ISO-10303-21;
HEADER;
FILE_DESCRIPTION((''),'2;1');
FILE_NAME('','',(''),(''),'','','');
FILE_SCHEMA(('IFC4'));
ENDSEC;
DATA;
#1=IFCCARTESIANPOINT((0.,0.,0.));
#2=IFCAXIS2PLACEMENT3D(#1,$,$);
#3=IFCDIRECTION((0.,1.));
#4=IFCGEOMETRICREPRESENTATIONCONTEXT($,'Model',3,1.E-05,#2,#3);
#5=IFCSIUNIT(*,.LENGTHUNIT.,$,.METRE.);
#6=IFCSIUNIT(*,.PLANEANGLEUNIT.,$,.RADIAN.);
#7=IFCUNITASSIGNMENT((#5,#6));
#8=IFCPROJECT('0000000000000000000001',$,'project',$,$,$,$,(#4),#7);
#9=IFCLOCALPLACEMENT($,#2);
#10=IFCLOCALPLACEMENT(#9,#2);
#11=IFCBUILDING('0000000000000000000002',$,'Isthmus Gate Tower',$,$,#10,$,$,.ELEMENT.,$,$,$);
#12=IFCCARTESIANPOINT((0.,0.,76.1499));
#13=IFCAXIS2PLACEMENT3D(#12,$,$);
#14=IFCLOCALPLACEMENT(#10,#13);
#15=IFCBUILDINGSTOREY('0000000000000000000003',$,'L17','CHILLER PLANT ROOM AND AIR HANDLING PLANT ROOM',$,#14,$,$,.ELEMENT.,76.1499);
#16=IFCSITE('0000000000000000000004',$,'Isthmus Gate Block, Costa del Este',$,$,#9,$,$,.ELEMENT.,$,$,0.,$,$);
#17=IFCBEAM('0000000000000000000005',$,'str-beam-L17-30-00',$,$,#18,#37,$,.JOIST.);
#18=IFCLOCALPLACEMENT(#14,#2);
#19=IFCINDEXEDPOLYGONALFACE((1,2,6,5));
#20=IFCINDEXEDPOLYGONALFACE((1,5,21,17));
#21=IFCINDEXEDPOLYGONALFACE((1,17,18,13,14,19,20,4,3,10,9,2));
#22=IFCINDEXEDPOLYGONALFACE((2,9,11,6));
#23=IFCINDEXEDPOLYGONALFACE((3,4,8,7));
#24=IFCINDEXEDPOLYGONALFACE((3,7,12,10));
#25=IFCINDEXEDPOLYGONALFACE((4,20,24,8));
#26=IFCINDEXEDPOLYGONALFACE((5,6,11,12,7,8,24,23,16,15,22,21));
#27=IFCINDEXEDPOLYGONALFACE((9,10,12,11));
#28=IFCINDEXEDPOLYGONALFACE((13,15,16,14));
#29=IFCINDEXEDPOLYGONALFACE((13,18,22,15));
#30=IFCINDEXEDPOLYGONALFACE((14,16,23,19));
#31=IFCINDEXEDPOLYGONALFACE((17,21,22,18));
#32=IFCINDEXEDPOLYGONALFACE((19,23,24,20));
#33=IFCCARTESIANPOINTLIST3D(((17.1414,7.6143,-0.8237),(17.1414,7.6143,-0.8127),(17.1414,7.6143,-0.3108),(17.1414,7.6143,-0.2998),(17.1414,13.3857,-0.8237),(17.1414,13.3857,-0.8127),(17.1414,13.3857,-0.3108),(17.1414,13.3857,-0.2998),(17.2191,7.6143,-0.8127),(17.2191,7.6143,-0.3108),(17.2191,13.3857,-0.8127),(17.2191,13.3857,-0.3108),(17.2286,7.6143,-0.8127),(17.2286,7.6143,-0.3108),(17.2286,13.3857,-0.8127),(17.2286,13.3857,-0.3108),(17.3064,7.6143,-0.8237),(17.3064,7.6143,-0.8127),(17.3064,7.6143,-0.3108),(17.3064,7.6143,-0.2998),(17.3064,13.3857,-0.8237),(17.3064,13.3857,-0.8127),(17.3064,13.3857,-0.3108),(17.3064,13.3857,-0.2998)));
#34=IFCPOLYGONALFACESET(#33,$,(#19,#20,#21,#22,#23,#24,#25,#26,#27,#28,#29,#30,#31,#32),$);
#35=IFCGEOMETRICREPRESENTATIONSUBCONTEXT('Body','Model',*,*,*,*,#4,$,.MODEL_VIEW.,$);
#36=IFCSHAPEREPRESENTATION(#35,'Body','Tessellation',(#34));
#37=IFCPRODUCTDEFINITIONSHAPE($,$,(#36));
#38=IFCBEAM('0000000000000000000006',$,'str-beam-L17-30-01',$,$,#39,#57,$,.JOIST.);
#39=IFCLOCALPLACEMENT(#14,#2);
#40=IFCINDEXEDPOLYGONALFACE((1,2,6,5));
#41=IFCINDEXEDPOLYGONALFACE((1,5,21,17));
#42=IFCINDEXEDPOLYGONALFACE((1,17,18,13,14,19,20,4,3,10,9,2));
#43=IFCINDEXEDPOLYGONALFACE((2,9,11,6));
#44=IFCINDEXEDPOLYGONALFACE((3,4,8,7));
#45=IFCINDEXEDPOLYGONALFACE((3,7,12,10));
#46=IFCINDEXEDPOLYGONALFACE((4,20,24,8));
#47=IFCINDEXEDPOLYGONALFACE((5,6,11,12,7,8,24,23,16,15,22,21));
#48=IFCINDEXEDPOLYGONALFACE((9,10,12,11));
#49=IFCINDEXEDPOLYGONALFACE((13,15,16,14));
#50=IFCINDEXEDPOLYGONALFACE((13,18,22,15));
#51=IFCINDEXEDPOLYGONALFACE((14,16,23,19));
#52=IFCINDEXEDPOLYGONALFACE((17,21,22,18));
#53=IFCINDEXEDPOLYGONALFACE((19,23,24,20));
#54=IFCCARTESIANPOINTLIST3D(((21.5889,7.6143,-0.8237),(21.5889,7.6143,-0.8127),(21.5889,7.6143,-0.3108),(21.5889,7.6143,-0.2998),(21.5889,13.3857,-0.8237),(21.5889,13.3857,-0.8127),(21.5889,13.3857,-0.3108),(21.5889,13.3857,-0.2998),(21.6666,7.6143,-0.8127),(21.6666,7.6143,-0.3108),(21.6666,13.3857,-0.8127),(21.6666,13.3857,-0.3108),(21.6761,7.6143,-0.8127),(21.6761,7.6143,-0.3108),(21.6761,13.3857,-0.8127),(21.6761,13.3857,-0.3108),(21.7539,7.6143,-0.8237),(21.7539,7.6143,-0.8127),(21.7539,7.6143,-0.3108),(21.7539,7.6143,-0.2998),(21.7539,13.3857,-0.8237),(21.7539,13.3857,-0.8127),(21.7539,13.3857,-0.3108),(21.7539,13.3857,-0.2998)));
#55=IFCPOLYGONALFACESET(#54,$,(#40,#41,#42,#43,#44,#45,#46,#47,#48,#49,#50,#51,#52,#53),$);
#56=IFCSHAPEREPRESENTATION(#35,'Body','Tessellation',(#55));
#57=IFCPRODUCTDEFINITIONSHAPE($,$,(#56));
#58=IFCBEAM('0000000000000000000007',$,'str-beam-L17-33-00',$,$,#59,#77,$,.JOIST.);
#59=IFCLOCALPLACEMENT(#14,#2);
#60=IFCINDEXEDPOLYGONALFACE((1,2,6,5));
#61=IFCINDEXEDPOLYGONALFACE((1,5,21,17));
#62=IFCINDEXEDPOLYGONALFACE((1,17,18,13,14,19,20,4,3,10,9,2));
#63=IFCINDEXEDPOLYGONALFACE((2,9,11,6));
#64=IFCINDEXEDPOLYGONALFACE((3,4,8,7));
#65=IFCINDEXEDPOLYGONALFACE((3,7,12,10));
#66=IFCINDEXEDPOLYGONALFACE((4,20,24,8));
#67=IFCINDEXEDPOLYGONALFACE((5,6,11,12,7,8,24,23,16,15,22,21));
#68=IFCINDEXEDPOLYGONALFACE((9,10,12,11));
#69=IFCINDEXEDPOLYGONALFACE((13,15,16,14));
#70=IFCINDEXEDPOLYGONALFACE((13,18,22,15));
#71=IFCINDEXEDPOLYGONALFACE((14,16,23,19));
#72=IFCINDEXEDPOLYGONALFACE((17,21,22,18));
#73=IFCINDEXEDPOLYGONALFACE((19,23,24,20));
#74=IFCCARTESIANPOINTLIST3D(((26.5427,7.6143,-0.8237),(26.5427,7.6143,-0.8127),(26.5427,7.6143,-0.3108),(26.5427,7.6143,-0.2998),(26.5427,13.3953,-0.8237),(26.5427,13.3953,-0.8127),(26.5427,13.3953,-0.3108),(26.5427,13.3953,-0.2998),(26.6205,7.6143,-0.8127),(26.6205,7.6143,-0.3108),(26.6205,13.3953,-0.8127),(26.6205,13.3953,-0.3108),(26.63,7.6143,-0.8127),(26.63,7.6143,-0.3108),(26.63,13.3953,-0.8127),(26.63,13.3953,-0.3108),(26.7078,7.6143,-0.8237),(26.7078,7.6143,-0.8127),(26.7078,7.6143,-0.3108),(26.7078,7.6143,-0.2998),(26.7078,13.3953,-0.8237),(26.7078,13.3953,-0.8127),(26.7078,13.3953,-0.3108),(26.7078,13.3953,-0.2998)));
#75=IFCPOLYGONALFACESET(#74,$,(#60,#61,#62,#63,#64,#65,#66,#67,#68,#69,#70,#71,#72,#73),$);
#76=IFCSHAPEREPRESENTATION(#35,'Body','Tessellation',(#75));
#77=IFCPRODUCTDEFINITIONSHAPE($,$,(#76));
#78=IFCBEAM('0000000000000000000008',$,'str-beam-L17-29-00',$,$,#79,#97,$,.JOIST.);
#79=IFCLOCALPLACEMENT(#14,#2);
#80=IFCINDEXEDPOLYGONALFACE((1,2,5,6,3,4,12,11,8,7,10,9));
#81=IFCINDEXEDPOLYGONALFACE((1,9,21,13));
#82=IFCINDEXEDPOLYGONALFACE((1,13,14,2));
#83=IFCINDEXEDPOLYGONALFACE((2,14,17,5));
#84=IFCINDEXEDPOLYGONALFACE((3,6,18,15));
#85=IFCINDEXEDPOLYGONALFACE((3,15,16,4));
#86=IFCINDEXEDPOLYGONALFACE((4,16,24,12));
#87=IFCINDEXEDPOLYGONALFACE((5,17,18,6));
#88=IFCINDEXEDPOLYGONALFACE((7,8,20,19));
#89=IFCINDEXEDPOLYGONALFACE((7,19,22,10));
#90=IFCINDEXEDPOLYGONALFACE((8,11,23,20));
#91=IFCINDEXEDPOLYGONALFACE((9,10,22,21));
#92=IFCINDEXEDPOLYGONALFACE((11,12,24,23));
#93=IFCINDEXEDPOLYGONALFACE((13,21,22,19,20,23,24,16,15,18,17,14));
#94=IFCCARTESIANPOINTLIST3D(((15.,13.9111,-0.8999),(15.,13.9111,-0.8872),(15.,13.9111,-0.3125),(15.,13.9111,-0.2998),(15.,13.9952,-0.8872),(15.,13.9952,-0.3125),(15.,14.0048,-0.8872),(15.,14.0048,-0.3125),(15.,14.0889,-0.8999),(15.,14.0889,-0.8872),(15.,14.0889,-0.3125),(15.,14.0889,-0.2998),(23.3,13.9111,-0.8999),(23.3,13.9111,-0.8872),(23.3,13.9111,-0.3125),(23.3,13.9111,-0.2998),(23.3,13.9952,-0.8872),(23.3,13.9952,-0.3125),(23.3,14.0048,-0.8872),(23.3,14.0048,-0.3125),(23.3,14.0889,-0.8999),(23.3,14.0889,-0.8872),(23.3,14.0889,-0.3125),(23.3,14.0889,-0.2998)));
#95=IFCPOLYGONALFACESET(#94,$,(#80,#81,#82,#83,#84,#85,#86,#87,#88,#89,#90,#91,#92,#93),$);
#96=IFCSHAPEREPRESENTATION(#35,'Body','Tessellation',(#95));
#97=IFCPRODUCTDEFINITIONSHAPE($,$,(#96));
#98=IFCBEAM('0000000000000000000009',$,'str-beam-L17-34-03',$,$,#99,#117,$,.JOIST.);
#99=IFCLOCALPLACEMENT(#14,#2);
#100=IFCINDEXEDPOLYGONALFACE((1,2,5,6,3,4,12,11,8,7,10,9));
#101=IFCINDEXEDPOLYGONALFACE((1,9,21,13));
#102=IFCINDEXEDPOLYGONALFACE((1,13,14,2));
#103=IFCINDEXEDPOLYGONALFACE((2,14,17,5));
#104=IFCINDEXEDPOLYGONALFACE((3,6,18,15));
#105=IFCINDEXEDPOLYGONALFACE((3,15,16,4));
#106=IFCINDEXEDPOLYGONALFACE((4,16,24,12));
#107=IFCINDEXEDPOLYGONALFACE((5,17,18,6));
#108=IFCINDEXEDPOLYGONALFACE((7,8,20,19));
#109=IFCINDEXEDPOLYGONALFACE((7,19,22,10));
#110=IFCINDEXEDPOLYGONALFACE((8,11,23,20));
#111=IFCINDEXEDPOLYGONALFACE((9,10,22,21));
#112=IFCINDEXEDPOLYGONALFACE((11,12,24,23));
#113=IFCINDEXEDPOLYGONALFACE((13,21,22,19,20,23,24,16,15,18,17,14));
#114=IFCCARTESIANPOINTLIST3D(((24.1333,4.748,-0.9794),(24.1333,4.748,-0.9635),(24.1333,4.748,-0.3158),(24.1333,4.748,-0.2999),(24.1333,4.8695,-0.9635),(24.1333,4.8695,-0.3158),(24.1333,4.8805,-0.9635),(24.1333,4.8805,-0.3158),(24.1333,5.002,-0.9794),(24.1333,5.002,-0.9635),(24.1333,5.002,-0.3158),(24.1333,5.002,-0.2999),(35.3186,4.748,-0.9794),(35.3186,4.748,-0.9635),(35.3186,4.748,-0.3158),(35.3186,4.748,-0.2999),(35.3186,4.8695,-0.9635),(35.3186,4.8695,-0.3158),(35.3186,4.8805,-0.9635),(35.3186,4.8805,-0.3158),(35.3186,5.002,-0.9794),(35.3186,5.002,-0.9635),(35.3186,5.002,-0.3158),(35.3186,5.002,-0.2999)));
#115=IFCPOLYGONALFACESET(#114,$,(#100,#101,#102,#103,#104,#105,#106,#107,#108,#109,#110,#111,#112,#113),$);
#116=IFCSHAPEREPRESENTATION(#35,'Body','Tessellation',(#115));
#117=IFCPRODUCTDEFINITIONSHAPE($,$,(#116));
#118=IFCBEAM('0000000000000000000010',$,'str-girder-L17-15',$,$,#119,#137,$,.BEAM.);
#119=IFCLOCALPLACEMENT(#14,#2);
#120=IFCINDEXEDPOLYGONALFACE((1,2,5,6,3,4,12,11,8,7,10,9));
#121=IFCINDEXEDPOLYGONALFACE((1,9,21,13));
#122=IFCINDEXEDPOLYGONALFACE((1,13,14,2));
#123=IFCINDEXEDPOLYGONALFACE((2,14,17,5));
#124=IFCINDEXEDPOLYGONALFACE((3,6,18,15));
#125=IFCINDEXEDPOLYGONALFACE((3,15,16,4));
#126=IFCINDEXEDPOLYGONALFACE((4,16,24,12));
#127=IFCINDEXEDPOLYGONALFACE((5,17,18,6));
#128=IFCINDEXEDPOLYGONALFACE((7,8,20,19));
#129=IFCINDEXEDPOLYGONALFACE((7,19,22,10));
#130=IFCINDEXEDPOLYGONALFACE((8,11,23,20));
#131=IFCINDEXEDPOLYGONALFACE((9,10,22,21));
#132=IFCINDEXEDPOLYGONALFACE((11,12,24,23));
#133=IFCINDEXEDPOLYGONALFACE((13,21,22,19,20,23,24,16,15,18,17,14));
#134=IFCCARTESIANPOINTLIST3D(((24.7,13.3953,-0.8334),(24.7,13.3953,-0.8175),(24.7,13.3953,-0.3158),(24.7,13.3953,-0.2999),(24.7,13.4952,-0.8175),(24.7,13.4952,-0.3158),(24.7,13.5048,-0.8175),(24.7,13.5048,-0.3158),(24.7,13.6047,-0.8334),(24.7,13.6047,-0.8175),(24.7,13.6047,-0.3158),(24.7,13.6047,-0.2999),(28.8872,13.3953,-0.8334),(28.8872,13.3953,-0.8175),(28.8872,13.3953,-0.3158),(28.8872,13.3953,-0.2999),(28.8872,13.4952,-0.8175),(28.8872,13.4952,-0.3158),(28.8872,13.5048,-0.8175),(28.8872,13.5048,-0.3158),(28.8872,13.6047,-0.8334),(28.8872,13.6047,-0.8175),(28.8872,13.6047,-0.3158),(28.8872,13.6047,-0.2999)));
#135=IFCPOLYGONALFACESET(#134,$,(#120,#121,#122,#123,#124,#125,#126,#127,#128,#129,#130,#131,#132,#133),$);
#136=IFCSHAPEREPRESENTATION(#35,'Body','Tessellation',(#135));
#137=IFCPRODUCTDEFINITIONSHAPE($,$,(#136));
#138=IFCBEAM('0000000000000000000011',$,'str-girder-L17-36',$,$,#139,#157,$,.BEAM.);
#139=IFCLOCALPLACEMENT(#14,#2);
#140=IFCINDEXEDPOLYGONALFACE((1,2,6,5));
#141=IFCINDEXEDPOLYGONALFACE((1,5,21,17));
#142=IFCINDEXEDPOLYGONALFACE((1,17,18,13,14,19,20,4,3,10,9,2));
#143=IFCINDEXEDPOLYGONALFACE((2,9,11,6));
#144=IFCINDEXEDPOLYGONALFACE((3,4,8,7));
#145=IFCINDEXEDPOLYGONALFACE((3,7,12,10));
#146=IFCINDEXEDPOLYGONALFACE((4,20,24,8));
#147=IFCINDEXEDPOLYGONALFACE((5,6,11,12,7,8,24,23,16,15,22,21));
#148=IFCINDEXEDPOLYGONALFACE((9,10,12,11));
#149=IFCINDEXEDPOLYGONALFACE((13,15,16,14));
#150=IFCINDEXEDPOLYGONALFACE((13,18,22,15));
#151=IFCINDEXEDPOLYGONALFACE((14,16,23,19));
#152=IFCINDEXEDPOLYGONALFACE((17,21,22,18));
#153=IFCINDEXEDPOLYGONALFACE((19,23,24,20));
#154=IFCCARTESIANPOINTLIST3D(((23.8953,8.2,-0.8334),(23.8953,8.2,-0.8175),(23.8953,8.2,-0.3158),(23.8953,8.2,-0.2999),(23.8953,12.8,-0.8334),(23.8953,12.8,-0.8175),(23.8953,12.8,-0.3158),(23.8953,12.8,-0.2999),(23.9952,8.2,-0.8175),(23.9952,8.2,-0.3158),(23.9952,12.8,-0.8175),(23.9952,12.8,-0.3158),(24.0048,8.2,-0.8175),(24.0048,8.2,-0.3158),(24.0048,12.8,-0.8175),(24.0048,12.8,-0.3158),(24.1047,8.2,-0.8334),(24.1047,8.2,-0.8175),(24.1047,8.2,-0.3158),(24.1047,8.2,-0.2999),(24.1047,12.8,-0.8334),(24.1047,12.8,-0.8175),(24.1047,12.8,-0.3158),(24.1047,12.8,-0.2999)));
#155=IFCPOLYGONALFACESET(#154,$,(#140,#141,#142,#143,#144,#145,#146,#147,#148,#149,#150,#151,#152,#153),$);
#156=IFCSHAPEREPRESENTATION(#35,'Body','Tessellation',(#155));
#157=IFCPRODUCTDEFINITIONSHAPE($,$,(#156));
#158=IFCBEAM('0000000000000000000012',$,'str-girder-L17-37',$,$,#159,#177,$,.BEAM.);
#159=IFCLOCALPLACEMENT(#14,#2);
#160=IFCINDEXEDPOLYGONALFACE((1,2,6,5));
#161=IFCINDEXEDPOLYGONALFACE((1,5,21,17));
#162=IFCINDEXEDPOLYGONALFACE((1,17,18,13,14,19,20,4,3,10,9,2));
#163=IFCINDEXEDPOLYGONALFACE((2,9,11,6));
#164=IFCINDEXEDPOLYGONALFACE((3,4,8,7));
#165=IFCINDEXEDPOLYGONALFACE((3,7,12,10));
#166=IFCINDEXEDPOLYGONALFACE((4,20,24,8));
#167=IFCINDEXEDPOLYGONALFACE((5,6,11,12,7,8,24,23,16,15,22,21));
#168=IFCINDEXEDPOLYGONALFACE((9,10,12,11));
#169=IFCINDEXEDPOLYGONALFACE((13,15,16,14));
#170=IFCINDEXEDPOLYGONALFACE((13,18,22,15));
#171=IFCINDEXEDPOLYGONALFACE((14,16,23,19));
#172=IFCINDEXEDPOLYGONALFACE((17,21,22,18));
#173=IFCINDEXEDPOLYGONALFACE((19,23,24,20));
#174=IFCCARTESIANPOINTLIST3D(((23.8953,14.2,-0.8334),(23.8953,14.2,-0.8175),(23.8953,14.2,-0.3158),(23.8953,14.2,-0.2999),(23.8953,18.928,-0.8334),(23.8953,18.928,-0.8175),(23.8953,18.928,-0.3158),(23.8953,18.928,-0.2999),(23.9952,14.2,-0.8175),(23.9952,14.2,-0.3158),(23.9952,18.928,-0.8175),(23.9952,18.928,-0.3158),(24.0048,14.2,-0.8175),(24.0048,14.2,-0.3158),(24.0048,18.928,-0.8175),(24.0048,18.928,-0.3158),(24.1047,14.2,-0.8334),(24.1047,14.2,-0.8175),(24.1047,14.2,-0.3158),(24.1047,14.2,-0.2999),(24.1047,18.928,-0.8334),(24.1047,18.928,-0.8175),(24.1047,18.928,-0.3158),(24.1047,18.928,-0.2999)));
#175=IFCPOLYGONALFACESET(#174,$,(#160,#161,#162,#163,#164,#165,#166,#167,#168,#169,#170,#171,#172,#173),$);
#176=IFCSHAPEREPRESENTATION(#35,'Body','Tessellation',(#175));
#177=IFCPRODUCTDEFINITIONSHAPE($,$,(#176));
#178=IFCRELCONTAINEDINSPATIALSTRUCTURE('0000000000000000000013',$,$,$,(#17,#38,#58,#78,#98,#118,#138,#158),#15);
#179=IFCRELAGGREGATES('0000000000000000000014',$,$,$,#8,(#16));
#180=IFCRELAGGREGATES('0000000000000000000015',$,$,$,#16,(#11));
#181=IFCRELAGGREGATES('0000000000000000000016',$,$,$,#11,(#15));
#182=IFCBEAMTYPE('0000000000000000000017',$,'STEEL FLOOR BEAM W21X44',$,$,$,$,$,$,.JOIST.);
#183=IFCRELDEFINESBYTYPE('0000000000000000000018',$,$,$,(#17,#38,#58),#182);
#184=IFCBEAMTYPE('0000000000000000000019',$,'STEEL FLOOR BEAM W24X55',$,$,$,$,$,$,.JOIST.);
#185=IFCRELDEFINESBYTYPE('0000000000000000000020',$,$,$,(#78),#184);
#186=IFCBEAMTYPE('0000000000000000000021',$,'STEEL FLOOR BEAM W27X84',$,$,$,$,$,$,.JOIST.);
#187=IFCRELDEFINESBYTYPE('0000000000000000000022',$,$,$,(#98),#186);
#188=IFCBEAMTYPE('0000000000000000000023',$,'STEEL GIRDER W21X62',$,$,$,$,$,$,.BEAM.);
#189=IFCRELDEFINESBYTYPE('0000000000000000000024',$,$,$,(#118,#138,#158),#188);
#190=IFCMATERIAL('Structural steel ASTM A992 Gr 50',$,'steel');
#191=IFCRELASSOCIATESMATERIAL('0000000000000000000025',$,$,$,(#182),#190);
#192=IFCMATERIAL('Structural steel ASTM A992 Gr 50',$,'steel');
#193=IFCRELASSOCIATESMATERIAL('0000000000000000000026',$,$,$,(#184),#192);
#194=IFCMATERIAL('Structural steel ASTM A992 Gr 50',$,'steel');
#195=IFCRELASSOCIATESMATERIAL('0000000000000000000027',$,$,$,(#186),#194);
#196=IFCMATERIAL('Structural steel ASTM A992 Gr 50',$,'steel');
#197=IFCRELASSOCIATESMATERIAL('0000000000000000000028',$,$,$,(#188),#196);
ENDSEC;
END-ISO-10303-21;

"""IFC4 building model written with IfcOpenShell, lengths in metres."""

from ifc_helpers import new_model, si_unit, direction, frame, origin, origin_2d, place, context, subcontext, project, spatial, i_section, extrude, material, material_profile, profile_set, type_object, element, save


model = new_model("IFC4")

# Units and contexts
model_context = context("Model", 3, precision=1e-05, world=origin(), true_north=direction((0.0, 1.0)))
body_context = subcontext(model_context, "Body", "Model", "MODEL_VIEW")
ifc_project = project(units=[si_unit("LENGTHUNIT", "METRE"), si_unit("PLANEANGLEUNIT", "RADIAN")], contexts=[model_context])

# Site, building, storey
site_placement = place(None, origin())
site = spatial("IfcSite", under=ifc_project, at=site_placement, Name="Isthmus Gate Block, Costa del Este", CompositionType="ELEMENT", RefElevation=0.0)
building_placement = place(site_placement, origin())
building = spatial("IfcBuilding", under=site, at=building_placement, Name="Isthmus Gate Tower", CompositionType="ELEMENT")
storey_placement = place(building_placement, frame((0.0, 0.0, 76.1499)))
storey = spatial("IfcBuildingStorey", under=building, at=storey_placement, Name="L17", Description="CHILLER PLANT ROOM AND AIR HANDLING PLANT ROOM", CompositionType="ELEMENT", Elevation=76.1499)

# Beams
ifc_material_1 = material(Name="Structural steel ASTM A992 Gr 50", Category="steel")
ifc_material_profile_1 = material_profile(ifc_material_1, i_section(OverallWidth=0.165, OverallDepth=0.5239, WebThickness=0.0095, FlangeThickness=0.011, at=origin_2d()), Name="W21X44")
ifc_profile_set_1 = profile_set([ifc_material_profile_1], Name="Structural steel ASTM A992 Gr 50")
beam_type_1 = type_object("IfcBeamType", Name="STEEL FLOOR BEAM W21X44", PredefinedType="JOIST", material=ifc_profile_set_1)
for number, where, z_axis, x_axis, name in (
    (1, (17.2239, 7.6143, -0.5618), (0.0, 1.0, 0.0), (-1.0, 0.0, 0.0), "str-beam-L17-30-00"),
    (2, (21.6714, 7.6143, -0.5618), (0.0, 1.0, 0.0), (-1.0, 0.0, 0.0), "str-beam-L17-30-01"),
):
    element("IfcBeam", number, at=place(storey_placement, frame(where, z_axis=z_axis, x_axis=x_axis)), inside=storey, type_object=beam_type_1, Name=name, PredefinedType="JOIST", context=body_context, shape_type="SweptSolid", body=[
        extrude(i_section(OverallWidth=0.165, OverallDepth=0.5239, WebThickness=0.0095, FlangeThickness=0.011, at=origin_2d()), origin(), (0.0, 0.0, 1.0), 5.7715),
    ])
beam_1_placement = place(storey_placement, frame((26.6252, 7.6143, -0.5618), z_axis=(0.0, 1.0, 0.0), x_axis=(-1.0, 0.0, 0.0)))
element("IfcBeam", 3, at=beam_1_placement, inside=storey, type_object=beam_type_1, Name="str-beam-L17-33-00", PredefinedType="JOIST", context=body_context, shape_type="SweptSolid", body=[
    extrude(i_section(OverallWidth=0.165, OverallDepth=0.5239, WebThickness=0.0095, FlangeThickness=0.011, at=origin_2d()), origin(), (0.0, 0.0, 1.0), 5.781),
])
ifc_material_2 = material(Name="Structural steel ASTM A992 Gr 50", Category="steel")
ifc_material_profile_2 = material_profile(ifc_material_2, i_section(OverallWidth=0.1777, OverallDepth=0.6001, WebThickness=0.0095, FlangeThickness=0.0127, at=origin_2d()), Name="W24X55")
ifc_profile_set_2 = profile_set([ifc_material_profile_2], Name="Structural steel ASTM A992 Gr 50")
beam_type_2 = type_object("IfcBeamType", Name="STEEL FLOOR BEAM W24X55", PredefinedType="JOIST", material=ifc_profile_set_2)
beam_2_placement = place(storey_placement, frame((15.0, 14.0, -0.5999), z_axis=(1.0, 0.0, 0.0), x_axis=(0.0, 1.0, 0.0)))
element("IfcBeam", 4, at=beam_2_placement, inside=storey, type_object=beam_type_2, Name="str-beam-L17-29-00", PredefinedType="JOIST", context=body_context, shape_type="SweptSolid", body=[
    extrude(i_section(OverallWidth=0.1777, OverallDepth=0.6001, WebThickness=0.0095, FlangeThickness=0.0127, at=origin_2d()), origin(), (0.0, 0.0, 1.0), 8.3),
])
ifc_material_3 = material(Name="Structural steel ASTM A992 Gr 50", Category="steel")
ifc_material_profile_3 = material_profile(ifc_material_3, i_section(OverallWidth=0.2539, OverallDepth=0.6794, WebThickness=0.011, FlangeThickness=0.0159, at=origin_2d()), Name="W27X84")
ifc_profile_set_3 = profile_set([ifc_material_profile_3], Name="Structural steel ASTM A992 Gr 50")
beam_type_3 = type_object("IfcBeamType", Name="STEEL FLOOR BEAM W27X84", PredefinedType="JOIST", material=ifc_profile_set_3)
beam_3_placement = place(storey_placement, frame((24.1333, 4.875, -0.6396), z_axis=(1.0, 0.0, 0.0), x_axis=(0.0, 1.0, 0.0)))
element("IfcBeam", 5, at=beam_3_placement, inside=storey, type_object=beam_type_3, Name="str-beam-L17-34-03", PredefinedType="JOIST", context=body_context, shape_type="SweptSolid", body=[
    extrude(i_section(OverallWidth=0.2539, OverallDepth=0.6794, WebThickness=0.011, FlangeThickness=0.0159, at=origin_2d()), origin(), (0.0, 0.0, 1.0), 11.1853),
])
ifc_material_4 = material(Name="Structural steel ASTM A992 Gr 50", Category="steel")
ifc_material_profile_4 = material_profile(ifc_material_4, i_section(OverallWidth=0.2095, OverallDepth=0.5334, WebThickness=0.0095, FlangeThickness=0.0159, at=origin_2d()), Name="W21X62")
ifc_profile_set_4 = profile_set([ifc_material_profile_4], Name="Structural steel ASTM A992 Gr 50")
beam_type_4 = type_object("IfcBeamType", Name="STEEL GIRDER W21X62", PredefinedType="BEAM", material=ifc_profile_set_4)
beam_4_placement = place(storey_placement, frame((24.7, 13.5, -0.5667), z_axis=(1.0, 0.0, 0.0), x_axis=(0.0, 1.0, 0.0)))
element("IfcBeam", 6, at=beam_4_placement, inside=storey, type_object=beam_type_4, Name="str-girder-L17-15", PredefinedType="BEAM", context=body_context, shape_type="SweptSolid", body=[
    extrude(i_section(OverallWidth=0.2095, OverallDepth=0.5334, WebThickness=0.0095, FlangeThickness=0.0159, at=origin_2d()), origin(), (0.0, 0.0, 1.0), 4.1873),
])
beam_5_placement = place(storey_placement, frame((24.0, 8.2, -0.5667), z_axis=(0.0, 1.0, 0.0), x_axis=(-1.0, 0.0, 0.0)))
element("IfcBeam", 7, at=beam_5_placement, inside=storey, type_object=beam_type_4, Name="str-girder-L17-36", PredefinedType="BEAM", context=body_context, shape_type="SweptSolid", body=[
    extrude(i_section(OverallWidth=0.2095, OverallDepth=0.5334, WebThickness=0.0095, FlangeThickness=0.0159, at=origin_2d()), origin(), (0.0, 0.0, 1.0), 4.6001),
])
beam_6_placement = place(storey_placement, frame((24.0, 14.2, -0.5667), z_axis=(0.0, 1.0, 0.0), x_axis=(-1.0, 0.0, 0.0)))
element("IfcBeam", 8, at=beam_6_placement, inside=storey, type_object=beam_type_4, Name="str-girder-L17-37", PredefinedType="BEAM", context=body_context, shape_type="SweptSolid", body=[
    extrude(i_section(OverallWidth=0.2095, OverallDepth=0.5334, WebThickness=0.0095, FlangeThickness=0.0159, at=origin_2d()), origin(), (0.0, 0.0, 1.0), 4.728),
])

save(model, "model.ifc")
